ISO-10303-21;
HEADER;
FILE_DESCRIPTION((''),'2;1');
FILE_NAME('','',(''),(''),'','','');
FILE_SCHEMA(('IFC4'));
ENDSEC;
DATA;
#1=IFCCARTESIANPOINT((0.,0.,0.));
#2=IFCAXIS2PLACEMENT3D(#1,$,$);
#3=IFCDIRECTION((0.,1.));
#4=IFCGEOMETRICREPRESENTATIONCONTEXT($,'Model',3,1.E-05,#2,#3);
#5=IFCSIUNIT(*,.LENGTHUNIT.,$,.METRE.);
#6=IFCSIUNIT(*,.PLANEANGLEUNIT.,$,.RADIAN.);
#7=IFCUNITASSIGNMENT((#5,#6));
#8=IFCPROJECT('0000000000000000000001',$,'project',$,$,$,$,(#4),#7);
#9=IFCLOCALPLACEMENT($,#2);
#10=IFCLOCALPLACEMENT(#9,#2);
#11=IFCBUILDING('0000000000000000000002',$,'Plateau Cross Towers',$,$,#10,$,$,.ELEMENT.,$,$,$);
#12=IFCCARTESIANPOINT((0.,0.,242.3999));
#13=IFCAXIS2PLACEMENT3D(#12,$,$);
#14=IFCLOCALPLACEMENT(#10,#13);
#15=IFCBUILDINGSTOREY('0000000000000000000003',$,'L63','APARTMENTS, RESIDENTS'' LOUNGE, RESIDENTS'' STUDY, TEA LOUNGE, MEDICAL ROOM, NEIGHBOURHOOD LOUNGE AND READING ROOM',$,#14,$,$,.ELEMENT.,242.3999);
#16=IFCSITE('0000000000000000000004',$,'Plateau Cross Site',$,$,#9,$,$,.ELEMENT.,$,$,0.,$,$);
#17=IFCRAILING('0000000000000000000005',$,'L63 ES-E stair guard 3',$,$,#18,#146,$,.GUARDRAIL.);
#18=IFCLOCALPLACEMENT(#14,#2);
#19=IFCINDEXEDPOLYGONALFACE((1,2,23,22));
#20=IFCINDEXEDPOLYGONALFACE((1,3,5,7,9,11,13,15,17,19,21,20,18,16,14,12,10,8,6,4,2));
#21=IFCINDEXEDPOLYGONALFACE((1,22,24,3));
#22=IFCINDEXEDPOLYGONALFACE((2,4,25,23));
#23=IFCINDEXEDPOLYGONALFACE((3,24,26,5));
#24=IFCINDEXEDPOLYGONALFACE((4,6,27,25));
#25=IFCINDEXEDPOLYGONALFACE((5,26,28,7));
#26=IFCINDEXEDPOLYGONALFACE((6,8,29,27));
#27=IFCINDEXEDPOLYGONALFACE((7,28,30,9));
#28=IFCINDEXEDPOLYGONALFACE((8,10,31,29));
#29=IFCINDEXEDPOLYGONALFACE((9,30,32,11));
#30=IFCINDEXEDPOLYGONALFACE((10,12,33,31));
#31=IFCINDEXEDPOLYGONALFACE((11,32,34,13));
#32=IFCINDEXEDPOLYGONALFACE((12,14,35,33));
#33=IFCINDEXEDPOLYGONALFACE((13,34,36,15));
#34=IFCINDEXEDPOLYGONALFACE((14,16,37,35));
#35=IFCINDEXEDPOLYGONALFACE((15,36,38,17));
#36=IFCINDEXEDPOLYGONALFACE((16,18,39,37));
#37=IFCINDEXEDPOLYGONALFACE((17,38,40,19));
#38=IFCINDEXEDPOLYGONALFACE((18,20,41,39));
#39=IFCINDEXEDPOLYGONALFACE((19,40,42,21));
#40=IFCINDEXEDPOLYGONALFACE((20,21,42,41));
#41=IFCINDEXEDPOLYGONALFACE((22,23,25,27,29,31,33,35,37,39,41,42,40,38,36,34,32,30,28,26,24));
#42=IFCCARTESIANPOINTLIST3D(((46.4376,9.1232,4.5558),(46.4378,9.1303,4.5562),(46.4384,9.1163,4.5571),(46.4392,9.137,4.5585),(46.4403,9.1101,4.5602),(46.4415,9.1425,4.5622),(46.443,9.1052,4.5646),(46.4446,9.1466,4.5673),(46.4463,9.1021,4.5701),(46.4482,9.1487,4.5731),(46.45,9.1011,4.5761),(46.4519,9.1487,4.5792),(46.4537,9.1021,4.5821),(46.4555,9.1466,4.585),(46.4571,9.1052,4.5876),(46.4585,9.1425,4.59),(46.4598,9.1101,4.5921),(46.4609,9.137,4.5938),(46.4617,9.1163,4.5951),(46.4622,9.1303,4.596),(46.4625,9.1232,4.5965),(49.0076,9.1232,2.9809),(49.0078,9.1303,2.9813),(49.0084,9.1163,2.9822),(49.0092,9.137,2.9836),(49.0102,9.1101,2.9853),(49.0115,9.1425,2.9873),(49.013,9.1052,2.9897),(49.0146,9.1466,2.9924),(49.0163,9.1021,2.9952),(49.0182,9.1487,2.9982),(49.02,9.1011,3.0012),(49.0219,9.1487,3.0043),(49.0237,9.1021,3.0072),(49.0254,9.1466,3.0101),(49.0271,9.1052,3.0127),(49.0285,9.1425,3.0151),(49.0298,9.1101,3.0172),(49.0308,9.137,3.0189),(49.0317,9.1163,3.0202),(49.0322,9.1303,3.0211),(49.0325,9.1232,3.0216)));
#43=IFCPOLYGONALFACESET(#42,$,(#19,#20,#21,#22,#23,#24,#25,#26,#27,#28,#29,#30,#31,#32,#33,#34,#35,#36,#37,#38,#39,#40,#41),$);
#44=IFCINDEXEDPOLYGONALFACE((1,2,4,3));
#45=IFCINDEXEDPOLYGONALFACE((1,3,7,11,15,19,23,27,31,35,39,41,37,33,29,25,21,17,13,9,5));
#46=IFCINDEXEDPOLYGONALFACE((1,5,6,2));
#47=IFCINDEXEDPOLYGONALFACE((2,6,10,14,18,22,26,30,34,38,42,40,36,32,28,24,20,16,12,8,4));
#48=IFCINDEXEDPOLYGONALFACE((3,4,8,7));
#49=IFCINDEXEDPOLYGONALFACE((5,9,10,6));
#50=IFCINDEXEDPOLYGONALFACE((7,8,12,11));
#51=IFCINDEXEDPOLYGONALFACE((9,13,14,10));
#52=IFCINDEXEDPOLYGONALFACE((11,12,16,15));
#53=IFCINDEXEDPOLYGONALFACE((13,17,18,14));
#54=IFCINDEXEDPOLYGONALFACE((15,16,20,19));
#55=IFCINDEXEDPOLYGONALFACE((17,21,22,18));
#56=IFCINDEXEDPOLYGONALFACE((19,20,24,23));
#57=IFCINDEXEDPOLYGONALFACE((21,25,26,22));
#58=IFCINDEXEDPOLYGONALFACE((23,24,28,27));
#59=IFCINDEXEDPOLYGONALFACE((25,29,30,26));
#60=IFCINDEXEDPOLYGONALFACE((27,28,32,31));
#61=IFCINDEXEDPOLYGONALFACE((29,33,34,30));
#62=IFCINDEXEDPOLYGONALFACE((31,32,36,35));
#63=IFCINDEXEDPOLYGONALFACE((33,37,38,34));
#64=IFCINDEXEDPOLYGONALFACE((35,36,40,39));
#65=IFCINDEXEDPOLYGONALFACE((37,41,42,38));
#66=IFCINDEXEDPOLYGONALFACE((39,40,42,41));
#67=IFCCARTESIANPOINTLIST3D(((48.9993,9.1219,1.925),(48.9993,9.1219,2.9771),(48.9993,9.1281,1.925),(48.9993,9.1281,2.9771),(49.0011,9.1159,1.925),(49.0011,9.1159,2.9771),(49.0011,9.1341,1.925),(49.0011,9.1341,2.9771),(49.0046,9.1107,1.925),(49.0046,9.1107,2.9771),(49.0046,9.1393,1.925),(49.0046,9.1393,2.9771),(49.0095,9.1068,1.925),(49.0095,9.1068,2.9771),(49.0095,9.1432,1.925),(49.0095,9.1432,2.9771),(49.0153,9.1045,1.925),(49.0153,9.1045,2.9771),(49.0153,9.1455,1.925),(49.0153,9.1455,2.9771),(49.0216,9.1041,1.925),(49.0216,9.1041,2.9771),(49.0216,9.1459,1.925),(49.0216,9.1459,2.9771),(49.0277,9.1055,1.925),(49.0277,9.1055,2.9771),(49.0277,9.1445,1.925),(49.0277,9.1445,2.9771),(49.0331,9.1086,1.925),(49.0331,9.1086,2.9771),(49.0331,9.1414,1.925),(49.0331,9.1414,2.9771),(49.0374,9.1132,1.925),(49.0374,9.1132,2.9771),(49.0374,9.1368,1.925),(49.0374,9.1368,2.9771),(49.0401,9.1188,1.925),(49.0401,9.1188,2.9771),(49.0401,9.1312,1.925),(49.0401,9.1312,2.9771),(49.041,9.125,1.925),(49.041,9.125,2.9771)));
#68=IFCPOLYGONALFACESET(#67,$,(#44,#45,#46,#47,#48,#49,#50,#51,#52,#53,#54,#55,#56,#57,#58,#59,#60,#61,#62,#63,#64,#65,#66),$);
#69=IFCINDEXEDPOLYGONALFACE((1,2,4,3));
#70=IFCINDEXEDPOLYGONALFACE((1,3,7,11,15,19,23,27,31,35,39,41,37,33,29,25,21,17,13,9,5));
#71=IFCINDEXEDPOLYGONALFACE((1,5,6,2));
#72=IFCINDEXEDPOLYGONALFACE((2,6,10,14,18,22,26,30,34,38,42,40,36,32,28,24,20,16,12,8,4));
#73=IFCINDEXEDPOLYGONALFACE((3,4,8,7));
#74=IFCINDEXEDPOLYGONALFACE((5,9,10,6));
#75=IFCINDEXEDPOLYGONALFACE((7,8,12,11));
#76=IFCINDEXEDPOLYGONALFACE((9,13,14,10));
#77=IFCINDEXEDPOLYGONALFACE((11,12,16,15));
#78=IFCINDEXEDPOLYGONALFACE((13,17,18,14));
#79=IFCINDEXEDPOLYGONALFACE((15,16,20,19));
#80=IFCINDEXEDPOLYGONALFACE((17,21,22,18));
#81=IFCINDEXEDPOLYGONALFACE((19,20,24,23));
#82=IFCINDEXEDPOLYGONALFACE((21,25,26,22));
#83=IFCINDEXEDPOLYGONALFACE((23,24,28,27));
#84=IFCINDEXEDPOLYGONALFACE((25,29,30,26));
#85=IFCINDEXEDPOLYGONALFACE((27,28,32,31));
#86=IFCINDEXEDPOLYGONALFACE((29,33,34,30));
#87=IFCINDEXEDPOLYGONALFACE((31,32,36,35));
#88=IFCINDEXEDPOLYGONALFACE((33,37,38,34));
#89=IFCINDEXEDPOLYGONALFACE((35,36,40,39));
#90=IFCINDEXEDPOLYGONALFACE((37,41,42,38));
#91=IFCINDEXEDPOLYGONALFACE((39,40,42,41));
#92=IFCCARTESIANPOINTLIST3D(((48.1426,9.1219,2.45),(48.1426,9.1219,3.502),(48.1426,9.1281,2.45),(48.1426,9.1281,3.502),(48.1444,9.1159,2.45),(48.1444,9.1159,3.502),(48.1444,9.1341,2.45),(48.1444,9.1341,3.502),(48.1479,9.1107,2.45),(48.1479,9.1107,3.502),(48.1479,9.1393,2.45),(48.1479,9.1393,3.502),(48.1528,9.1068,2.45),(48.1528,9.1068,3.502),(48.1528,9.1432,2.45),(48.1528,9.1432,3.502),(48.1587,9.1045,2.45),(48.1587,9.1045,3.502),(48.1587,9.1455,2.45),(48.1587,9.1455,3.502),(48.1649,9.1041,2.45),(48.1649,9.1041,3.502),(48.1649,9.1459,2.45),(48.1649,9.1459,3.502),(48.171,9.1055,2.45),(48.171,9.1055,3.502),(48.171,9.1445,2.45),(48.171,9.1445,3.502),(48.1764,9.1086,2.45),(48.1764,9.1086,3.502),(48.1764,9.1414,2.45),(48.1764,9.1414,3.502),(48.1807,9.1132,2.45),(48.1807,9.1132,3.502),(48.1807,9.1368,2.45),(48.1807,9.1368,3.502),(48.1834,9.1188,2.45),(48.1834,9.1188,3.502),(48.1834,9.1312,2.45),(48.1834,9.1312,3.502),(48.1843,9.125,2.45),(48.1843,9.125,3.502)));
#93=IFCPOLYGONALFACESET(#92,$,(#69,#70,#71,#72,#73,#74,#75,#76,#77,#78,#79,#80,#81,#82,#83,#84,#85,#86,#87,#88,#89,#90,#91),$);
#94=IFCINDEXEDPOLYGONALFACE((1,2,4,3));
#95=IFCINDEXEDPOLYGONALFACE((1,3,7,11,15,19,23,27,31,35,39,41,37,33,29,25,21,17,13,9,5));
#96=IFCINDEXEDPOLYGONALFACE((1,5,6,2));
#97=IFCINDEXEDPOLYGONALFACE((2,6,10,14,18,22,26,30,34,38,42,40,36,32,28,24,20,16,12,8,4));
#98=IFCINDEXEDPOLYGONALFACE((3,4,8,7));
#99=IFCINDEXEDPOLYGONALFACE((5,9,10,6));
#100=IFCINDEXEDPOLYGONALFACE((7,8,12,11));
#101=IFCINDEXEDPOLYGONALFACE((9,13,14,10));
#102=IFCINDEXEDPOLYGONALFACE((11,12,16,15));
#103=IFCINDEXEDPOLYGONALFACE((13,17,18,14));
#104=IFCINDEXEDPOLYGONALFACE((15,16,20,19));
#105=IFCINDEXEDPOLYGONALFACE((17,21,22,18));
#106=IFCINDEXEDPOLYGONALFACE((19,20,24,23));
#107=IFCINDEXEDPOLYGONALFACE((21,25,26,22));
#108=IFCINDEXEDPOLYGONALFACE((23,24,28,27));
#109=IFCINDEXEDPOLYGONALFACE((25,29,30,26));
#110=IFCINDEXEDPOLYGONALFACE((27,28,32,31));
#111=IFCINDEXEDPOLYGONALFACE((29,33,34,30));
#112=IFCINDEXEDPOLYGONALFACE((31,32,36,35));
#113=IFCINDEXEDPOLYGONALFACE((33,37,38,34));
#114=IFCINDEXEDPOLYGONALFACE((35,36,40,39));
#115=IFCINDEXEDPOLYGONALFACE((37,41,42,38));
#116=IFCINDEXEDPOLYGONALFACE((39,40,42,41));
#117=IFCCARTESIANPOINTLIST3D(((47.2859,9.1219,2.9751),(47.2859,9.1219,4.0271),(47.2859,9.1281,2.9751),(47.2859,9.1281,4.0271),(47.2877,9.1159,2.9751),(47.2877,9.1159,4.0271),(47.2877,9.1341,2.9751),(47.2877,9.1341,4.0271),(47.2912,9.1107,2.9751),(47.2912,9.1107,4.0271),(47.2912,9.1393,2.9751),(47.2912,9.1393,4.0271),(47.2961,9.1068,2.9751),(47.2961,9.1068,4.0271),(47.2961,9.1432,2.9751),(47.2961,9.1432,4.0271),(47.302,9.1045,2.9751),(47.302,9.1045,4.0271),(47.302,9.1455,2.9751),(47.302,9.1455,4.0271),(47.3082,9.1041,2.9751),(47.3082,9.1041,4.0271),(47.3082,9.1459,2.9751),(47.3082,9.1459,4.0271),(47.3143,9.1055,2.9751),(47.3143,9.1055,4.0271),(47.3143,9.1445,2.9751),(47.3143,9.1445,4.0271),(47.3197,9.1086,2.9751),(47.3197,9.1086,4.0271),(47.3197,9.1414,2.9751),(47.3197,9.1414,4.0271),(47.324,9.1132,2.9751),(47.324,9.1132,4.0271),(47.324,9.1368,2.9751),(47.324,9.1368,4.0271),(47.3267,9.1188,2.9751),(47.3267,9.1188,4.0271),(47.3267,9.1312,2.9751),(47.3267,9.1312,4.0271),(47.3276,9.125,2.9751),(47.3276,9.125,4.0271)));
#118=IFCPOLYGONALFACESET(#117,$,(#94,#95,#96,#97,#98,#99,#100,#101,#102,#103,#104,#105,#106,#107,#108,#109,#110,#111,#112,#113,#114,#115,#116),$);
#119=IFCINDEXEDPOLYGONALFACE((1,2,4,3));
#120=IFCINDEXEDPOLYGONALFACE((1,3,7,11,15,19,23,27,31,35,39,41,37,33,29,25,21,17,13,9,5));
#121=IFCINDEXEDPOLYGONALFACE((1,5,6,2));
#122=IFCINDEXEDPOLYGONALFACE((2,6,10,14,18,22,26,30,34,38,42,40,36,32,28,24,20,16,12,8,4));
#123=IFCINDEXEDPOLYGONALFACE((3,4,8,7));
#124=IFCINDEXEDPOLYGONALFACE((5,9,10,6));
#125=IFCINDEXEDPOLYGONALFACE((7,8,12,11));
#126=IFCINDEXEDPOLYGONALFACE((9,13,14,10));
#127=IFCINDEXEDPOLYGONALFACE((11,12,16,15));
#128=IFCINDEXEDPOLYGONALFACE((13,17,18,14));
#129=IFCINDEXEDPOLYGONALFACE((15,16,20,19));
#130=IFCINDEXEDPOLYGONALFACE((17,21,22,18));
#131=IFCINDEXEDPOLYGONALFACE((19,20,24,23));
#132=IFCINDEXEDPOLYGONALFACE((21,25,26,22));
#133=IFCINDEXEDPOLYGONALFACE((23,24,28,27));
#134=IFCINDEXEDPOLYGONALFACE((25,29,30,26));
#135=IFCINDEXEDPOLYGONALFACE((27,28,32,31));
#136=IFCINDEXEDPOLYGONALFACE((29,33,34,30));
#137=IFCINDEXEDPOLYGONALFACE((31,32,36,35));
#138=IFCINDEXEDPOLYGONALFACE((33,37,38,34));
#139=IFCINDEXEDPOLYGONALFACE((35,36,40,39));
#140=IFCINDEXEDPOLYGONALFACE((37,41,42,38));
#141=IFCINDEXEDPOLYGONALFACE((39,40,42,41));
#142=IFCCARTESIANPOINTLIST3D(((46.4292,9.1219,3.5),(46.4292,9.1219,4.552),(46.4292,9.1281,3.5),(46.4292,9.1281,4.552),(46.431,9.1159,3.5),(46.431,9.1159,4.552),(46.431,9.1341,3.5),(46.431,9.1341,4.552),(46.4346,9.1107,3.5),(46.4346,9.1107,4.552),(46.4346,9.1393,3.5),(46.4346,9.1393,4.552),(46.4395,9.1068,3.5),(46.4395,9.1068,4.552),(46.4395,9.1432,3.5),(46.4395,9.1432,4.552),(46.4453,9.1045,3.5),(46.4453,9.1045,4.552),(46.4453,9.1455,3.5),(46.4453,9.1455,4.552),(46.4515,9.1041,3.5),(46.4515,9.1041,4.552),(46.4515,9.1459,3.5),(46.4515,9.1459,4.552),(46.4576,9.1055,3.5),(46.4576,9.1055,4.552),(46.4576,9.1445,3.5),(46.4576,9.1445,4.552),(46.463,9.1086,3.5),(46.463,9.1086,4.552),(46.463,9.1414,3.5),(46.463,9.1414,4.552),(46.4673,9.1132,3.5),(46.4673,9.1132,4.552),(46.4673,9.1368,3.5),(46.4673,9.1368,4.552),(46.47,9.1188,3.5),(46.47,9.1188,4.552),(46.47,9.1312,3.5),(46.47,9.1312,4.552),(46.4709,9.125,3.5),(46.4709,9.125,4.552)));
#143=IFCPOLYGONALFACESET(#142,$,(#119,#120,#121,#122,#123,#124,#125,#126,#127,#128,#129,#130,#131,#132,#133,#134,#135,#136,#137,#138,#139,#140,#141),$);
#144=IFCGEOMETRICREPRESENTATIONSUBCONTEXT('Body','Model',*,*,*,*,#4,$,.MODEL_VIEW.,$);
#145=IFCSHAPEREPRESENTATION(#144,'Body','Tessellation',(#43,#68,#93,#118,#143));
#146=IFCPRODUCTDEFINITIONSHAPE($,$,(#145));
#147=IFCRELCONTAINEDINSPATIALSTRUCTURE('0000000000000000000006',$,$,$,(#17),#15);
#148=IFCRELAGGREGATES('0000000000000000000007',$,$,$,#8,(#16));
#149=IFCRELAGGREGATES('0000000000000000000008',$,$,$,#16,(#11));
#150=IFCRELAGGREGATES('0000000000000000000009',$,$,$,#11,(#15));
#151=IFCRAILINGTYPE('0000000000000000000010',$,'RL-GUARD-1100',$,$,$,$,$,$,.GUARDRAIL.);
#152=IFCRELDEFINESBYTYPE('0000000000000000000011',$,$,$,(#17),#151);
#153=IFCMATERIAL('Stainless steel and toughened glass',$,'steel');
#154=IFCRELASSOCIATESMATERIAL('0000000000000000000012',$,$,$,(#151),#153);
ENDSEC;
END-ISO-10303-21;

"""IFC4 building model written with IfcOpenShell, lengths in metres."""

from ifc_helpers import new_model, si_unit, direction, frame, origin, origin_2d, place, context, subcontext, project, spatial, circle, extrude, material, type_object, element, save


model = new_model("IFC4")

# Units and contexts
model_context = context("Model", 3, precision=1e-05, world=origin(), true_north=direction((0.0, 1.0)))
body_context = subcontext(model_context, "Body", "Model", "MODEL_VIEW")
ifc_project = project(units=[si_unit("LENGTHUNIT", "METRE"), si_unit("PLANEANGLEUNIT", "RADIAN")], contexts=[model_context])

# Site, building, storey
site_placement = place(None, origin())
site = spatial("IfcSite", under=ifc_project, at=site_placement, Name="Plateau Cross Site", CompositionType="ELEMENT", RefElevation=0.0)
building_placement = place(site_placement, origin())
building = spatial("IfcBuilding", under=site, at=building_placement, Name="Plateau Cross Towers", CompositionType="ELEMENT")
storey_placement = place(building_placement, frame((0.0, 0.0, 242.3999)))
storey = spatial("IfcBuildingStorey", under=building, at=storey_placement, Name="L63", Description="APARTMENTS, RESIDENTS' LOUNGE, RESIDENTS' STUDY, TEA LOUNGE, MEDICAL ROOM, NEIGHBOURHOOD LOUNGE AND READING ROOM", CompositionType="ELEMENT", Elevation=242.3999)

# Railing
ifc_material_1 = material(Name="Stainless steel and toughened glass", Category="steel")
railing_type_1 = type_object("IfcRailingType", Name="RL-GUARD-1100", PredefinedType="GUARDRAIL", material=ifc_material_1)
railing_1_placement = place(storey_placement, frame((49.02, 9.125, 1.925)))
element("IfcRailing", 1, at=railing_1_placement, inside=storey, type_object=railing_type_1, Name="L63 ES-E stair guard 3", PredefinedType="GUARDRAIL", context=body_context, shape_type="SweptSolid", body=[
    extrude(circle(Radius=0.0239, at=origin_2d()), frame((0.0, 0.0, 1.0762), z_axis=(-0.852639, 0.0, 0.522501), x_axis=(0.0, -1.0, 0.0)), (0.0, 0.0, 1.0), 3.0142),
    extrude(circle(Radius=0.021, at=origin_2d()), origin(), (0.0, 0.0, 1.0), 1.052),
    extrude(circle(Radius=0.021, at=origin_2d()), frame((-0.8567, 0.0, 0.5249)), (0.0, 0.0, 1.0), 1.052),
    extrude(circle(Radius=0.021, at=origin_2d()), frame((-1.7134, 0.0, 1.05)), (0.0, 0.0, 1.0), 1.052),
    extrude(circle(Radius=0.021, at=origin_2d()), frame((-2.5701, 0.0, 1.575)), (0.0, 0.0, 1.0), 1.052),
])

save(model, "model.ifc")
